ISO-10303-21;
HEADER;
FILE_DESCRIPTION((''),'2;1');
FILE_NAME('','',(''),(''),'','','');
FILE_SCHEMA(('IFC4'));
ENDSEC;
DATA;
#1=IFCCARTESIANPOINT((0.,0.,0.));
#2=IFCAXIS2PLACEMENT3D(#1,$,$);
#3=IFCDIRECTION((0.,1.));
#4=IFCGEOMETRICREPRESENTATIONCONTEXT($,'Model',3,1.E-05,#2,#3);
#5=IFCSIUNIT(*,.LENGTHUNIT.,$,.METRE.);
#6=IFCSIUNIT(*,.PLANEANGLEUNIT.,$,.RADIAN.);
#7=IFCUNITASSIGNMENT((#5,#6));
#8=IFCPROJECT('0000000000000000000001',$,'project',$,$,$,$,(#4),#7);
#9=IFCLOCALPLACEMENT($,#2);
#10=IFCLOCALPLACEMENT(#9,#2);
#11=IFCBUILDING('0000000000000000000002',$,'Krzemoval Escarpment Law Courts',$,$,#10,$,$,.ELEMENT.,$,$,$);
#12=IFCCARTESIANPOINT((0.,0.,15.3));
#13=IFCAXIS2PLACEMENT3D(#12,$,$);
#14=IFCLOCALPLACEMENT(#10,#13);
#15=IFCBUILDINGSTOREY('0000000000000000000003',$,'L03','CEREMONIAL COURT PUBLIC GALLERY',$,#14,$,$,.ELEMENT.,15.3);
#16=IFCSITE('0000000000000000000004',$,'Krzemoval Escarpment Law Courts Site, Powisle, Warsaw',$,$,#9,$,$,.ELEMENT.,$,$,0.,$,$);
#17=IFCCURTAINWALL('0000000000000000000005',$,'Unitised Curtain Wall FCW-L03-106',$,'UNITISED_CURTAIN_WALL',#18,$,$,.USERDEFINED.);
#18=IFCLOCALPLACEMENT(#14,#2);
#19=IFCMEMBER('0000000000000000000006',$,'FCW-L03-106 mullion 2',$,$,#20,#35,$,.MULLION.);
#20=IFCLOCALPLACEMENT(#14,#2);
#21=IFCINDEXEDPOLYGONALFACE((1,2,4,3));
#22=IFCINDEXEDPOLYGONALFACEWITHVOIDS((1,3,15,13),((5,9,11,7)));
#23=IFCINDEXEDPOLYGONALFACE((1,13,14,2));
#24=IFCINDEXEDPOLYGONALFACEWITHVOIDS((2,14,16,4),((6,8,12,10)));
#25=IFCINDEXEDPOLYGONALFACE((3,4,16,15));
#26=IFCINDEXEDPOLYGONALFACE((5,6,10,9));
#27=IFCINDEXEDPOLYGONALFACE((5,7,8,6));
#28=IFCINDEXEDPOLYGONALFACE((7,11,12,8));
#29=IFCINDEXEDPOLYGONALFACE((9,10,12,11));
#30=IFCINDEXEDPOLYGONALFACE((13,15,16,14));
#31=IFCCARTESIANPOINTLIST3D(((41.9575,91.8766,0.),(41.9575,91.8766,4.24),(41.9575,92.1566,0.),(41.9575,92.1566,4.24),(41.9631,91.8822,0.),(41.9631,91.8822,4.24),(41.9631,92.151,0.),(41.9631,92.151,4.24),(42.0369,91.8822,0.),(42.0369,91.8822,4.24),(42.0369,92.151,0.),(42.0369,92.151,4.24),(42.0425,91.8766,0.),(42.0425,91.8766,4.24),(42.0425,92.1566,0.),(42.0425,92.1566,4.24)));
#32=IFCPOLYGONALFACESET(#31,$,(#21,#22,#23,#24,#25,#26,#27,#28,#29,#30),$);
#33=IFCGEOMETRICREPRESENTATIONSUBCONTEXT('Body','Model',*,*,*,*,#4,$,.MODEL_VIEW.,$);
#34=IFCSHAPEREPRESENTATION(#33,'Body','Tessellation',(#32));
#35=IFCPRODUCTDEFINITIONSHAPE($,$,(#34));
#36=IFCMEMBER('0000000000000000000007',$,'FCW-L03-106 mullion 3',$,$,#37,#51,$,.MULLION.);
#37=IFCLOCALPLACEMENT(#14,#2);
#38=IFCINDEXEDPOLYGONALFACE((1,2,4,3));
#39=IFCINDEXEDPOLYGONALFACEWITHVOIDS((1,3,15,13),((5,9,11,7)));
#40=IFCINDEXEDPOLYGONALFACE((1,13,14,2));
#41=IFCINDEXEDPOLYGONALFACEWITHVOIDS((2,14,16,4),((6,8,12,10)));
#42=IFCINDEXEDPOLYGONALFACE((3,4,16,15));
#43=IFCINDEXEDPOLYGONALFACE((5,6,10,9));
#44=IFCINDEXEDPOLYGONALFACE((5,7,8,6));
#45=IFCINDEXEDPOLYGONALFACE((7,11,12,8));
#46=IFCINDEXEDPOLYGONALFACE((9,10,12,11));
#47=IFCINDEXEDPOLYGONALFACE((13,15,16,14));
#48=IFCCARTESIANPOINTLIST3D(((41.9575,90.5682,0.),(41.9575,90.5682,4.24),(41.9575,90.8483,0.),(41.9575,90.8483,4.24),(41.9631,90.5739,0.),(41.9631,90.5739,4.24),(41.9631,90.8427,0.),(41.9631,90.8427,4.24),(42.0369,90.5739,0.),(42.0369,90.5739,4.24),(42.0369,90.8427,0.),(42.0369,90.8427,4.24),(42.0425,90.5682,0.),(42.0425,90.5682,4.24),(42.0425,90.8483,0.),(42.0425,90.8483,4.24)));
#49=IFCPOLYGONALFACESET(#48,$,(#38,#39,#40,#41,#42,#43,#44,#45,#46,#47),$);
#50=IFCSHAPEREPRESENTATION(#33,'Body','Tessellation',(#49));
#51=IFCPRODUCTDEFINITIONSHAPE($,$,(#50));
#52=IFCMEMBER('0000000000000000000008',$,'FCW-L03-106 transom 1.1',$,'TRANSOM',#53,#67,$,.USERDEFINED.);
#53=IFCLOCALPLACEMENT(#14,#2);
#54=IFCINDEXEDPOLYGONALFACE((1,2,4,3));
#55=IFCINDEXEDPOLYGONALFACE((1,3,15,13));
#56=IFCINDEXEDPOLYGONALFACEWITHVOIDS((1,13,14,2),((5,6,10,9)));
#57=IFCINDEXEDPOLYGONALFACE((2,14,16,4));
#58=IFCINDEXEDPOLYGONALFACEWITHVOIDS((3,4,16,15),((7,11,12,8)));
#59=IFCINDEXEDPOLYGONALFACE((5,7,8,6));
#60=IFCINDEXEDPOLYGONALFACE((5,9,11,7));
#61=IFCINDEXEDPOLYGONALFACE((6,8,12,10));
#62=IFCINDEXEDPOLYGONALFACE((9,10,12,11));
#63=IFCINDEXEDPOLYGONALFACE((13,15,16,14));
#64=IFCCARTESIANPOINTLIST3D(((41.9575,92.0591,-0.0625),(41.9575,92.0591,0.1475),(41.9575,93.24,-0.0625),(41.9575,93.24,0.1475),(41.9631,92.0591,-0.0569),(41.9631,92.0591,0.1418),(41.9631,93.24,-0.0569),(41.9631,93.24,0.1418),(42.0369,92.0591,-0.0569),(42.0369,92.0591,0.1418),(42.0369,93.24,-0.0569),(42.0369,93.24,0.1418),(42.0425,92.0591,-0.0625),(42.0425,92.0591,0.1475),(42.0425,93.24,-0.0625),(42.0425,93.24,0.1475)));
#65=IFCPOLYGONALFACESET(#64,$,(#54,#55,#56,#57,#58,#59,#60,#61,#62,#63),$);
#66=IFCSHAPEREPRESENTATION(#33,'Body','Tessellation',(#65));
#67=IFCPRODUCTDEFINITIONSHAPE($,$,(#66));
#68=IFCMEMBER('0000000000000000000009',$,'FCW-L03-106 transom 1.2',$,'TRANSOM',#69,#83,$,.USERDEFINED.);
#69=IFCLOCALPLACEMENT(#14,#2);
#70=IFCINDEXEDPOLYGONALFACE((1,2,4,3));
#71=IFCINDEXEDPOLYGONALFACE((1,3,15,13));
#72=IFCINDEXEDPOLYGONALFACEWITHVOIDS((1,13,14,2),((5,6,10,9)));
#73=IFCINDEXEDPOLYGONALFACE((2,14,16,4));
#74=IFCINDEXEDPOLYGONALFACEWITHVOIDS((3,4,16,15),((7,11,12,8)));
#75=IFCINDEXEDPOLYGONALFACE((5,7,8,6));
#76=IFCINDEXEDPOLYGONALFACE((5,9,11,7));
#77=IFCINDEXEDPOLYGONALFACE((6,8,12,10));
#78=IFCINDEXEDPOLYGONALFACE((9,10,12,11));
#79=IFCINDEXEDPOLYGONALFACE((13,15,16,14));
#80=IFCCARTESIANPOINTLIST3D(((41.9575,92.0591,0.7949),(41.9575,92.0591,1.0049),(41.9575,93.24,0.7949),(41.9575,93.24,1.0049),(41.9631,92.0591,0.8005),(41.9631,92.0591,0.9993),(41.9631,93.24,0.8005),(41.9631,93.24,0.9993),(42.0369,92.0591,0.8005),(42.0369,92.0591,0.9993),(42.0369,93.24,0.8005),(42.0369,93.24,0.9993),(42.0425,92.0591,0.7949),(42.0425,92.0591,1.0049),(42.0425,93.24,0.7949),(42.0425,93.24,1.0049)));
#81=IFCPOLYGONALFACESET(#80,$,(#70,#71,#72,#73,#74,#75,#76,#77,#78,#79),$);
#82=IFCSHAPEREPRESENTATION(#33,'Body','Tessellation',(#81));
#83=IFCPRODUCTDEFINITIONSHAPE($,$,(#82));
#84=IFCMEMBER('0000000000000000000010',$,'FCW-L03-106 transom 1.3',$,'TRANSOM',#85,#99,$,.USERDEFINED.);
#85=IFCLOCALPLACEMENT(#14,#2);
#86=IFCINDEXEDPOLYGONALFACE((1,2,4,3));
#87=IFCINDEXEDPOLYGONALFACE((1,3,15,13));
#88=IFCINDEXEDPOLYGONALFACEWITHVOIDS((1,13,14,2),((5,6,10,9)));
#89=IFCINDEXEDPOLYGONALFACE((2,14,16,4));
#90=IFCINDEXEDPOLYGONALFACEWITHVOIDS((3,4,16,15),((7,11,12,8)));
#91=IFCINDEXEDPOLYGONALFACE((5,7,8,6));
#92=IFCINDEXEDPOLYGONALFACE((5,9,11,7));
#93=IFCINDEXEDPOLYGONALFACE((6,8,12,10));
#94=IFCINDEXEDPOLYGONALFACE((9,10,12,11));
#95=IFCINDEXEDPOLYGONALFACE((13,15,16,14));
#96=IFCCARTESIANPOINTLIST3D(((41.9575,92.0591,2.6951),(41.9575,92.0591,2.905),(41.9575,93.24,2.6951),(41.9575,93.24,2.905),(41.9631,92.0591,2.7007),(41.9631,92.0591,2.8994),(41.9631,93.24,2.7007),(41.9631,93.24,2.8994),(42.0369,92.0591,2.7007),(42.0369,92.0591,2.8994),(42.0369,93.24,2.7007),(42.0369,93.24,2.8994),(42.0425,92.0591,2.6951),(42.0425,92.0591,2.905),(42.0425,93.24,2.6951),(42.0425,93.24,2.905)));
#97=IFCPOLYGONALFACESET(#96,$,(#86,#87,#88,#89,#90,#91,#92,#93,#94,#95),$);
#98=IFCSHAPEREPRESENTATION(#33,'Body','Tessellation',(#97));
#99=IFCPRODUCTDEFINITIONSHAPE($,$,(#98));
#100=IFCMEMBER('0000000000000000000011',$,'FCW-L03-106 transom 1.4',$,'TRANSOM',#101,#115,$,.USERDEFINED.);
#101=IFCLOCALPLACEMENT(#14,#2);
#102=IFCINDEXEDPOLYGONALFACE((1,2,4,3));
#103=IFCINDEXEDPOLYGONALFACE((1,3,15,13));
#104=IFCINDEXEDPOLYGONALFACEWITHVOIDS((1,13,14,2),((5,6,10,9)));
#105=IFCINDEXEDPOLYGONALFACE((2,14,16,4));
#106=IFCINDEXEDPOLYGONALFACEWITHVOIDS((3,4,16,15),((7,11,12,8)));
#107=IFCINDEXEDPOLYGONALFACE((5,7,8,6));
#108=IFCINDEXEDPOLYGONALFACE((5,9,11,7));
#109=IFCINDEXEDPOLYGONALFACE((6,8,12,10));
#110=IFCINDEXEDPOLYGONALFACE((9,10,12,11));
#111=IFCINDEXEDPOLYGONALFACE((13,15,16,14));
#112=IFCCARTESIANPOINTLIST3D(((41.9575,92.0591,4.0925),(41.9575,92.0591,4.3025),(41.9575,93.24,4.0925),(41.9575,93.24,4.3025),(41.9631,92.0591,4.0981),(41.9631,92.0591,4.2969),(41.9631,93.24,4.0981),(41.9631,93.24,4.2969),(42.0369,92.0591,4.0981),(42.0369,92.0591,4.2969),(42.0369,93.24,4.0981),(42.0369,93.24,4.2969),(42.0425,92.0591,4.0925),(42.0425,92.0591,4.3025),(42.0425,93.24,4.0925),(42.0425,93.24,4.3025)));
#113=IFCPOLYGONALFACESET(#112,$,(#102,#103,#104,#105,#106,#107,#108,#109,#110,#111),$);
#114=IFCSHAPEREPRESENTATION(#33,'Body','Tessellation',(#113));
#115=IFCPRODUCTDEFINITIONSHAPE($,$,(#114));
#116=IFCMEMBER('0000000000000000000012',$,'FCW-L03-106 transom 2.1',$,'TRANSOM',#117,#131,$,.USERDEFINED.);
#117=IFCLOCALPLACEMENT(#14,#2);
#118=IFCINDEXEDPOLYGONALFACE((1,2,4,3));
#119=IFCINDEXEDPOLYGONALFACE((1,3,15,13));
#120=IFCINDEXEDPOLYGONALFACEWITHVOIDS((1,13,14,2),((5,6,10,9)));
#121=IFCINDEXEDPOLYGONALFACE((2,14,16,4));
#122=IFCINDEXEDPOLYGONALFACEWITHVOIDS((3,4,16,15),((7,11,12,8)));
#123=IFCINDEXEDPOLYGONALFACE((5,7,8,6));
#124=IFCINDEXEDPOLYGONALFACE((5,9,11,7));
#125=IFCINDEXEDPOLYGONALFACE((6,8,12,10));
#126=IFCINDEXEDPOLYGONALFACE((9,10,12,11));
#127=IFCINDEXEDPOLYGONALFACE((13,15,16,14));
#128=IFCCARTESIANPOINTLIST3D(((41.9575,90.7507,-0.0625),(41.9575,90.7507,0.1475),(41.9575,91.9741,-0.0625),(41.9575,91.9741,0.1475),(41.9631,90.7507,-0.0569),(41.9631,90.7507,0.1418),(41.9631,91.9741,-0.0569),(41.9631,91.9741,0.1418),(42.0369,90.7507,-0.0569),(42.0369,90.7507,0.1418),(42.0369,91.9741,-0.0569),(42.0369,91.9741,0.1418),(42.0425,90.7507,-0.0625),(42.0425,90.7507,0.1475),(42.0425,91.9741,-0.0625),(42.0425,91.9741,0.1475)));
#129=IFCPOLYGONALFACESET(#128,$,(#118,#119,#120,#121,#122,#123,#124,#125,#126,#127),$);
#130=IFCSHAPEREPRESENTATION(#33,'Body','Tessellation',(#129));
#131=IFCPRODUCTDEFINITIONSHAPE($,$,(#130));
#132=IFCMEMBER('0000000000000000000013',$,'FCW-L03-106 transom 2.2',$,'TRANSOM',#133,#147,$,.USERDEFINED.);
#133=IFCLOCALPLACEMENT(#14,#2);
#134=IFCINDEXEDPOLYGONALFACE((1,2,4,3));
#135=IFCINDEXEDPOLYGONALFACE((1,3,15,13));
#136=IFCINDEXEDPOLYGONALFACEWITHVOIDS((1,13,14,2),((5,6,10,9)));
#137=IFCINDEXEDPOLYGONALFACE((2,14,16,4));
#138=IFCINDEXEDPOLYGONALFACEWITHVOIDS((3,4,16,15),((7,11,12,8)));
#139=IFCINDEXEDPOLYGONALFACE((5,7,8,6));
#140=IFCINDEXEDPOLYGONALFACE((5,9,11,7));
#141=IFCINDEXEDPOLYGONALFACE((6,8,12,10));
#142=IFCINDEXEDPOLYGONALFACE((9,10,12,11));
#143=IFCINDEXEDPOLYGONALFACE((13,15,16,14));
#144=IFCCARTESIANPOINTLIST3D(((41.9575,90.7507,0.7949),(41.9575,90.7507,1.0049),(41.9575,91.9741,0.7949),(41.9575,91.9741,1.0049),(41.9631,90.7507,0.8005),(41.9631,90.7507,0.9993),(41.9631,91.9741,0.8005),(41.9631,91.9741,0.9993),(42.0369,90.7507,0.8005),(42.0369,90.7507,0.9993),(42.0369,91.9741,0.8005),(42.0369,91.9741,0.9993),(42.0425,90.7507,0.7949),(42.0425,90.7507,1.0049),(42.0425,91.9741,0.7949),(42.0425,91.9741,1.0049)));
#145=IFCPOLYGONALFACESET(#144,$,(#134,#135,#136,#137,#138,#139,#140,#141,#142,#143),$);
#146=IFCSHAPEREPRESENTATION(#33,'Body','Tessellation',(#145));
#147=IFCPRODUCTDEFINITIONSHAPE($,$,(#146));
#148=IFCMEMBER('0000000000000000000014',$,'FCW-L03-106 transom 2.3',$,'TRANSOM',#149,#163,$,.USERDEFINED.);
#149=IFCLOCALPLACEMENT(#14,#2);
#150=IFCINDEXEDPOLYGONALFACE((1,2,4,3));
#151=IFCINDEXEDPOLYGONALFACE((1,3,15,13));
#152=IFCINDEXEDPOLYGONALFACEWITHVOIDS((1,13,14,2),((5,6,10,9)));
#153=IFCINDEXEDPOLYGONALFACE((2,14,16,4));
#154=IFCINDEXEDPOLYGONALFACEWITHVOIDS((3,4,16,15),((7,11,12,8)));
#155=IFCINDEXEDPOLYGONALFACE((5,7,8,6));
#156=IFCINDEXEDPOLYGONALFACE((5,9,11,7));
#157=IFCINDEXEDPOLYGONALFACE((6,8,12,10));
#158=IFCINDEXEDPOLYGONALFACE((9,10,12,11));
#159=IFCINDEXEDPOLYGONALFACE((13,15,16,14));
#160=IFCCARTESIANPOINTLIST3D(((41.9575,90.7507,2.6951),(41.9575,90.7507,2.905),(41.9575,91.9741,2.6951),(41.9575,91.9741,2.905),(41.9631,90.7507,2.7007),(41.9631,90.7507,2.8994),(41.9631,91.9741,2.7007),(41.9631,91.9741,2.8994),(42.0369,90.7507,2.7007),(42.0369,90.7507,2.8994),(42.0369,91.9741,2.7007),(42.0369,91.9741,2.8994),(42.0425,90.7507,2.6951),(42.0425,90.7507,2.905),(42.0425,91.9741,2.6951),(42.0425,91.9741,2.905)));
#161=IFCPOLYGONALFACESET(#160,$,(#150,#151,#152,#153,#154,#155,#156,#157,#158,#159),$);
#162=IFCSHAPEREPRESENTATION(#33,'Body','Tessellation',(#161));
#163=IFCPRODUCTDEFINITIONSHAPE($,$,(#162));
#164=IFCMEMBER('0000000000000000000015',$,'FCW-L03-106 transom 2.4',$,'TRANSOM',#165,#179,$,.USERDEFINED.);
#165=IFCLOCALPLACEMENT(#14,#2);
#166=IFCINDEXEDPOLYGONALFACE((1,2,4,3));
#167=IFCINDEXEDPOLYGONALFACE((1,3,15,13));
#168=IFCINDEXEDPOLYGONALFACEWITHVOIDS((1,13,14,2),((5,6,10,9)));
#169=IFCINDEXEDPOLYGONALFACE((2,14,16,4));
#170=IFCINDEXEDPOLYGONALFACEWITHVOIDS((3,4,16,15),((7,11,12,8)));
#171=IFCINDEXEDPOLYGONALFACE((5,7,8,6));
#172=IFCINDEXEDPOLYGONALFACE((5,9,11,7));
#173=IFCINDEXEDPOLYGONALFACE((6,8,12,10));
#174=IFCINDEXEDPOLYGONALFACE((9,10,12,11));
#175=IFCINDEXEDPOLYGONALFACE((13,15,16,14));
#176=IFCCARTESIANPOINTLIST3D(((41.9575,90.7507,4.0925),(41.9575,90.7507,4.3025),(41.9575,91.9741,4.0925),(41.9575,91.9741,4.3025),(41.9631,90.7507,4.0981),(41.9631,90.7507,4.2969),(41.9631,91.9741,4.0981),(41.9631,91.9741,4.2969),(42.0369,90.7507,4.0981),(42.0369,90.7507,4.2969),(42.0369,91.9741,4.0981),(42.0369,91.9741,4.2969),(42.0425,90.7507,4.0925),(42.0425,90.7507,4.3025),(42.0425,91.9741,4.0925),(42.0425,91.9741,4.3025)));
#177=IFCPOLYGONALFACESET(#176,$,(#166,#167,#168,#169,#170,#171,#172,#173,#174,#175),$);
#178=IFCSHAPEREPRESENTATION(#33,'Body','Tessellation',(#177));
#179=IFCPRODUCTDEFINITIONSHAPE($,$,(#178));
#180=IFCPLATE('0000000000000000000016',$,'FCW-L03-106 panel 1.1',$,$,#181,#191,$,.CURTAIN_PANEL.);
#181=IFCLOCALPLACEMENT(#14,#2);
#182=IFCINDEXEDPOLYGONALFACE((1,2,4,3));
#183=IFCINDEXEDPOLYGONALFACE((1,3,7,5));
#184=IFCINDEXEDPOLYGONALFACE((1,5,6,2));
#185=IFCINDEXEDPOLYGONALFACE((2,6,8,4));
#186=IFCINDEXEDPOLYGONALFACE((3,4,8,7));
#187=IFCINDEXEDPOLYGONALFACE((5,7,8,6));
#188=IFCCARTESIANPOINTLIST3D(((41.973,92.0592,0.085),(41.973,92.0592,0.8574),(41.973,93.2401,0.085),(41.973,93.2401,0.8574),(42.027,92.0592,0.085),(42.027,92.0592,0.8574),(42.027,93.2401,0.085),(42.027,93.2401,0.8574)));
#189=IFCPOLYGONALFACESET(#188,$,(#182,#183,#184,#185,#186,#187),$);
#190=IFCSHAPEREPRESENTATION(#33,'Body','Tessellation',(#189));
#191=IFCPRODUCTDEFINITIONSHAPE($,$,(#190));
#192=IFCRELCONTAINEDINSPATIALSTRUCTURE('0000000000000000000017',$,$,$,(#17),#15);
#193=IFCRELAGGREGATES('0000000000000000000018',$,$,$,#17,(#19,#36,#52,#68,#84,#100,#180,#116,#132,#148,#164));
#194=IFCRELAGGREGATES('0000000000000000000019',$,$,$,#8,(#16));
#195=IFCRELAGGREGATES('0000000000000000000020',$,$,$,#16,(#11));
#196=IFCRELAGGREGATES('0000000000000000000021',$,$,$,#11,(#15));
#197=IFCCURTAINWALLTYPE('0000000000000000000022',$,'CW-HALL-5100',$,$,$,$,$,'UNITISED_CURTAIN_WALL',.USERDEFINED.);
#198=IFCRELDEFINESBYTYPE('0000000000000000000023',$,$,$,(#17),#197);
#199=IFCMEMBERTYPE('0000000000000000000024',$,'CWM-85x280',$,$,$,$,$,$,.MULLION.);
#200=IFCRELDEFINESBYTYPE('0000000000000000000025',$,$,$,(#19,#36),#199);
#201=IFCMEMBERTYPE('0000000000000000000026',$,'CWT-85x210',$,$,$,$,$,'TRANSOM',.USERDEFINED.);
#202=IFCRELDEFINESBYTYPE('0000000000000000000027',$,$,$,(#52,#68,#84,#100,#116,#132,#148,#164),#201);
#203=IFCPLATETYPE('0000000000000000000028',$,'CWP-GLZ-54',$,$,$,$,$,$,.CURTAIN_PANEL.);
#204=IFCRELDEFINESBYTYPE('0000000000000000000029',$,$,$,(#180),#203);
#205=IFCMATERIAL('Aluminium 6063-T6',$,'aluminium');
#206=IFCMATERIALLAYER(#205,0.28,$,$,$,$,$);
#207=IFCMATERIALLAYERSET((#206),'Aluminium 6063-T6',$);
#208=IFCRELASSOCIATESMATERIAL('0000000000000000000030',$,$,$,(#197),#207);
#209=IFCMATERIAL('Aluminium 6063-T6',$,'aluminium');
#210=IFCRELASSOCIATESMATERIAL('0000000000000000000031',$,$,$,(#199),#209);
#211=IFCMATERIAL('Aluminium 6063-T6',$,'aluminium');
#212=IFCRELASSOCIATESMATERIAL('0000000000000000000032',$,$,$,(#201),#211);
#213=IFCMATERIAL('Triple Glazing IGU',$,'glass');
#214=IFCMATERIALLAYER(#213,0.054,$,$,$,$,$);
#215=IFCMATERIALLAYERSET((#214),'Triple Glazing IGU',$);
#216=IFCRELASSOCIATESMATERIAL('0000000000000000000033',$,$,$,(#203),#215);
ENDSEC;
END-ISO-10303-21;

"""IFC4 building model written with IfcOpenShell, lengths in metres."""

from ifc_helpers import new_model, si_unit, direction, frame, origin, origin_2d, place, context, subcontext, project, spatial, rectangle, hollow_rectangle, extrude, material, layer, layer_set, material_profile, profile_set, type_object, element, aggregate, save


model = new_model("IFC4")

# Units and contexts
model_context = context("Model", 3, precision=1e-05, world=origin(), true_north=direction((0.0, 1.0)))
body_context = subcontext(model_context, "Body", "Model", "MODEL_VIEW")
ifc_project = project(units=[si_unit("LENGTHUNIT", "METRE"), si_unit("PLANEANGLEUNIT", "RADIAN")], contexts=[model_context])

# Site, building, storey
site_placement = place(None, origin())
site = spatial("IfcSite", under=ifc_project, at=site_placement, Name="Krzemoval Escarpment Law Courts Site, Powisle, Warsaw", CompositionType="ELEMENT", RefElevation=0.0)
building_placement = place(site_placement, origin())
building = spatial("IfcBuilding", under=site, at=building_placement, Name="Krzemoval Escarpment Law Courts", CompositionType="ELEMENT")
storey_placement = place(building_placement, frame((0.0, 0.0, 15.3)))
storey = spatial("IfcBuildingStorey", under=building, at=storey_placement, Name="L03", Description="CEREMONIAL COURT PUBLIC GALLERY", CompositionType="ELEMENT", Elevation=15.3)

# Curtain wall, members, plate
ifc_material_1 = material(Name="Aluminium 6063-T6", Category="aluminium")
ifc_layer_1 = layer(ifc_material_1, 0.28)
ifc_layer_set_1 = layer_set([ifc_layer_1], Name="Aluminium 6063-T6")
curtain_wall_type = type_object("IfcCurtainWallType", Name="CW-HALL-5100", ElementType="UNITISED_CURTAIN_WALL", PredefinedType="USERDEFINED", material=ifc_layer_set_1)
curtain_wall_placement = place(storey_placement, origin())
curtain_wall = element("IfcCurtainWall", 1, at=curtain_wall_placement, inside=storey, type_object=curtain_wall_type, Name="Unitised Curtain Wall FCW-L03-106", ObjectType="UNITISED_CURTAIN_WALL", PredefinedType="USERDEFINED")
ifc_material_2 = material(Name="Aluminium 6063-T6", Category="aluminium")
ifc_material_profile_1 = material_profile(ifc_material_2, hollow_rectangle(XDim=0.085, YDim=0.28, WallThickness=0.0056, at=origin_2d()), Name="ALU M85x280")
ifc_profile_set_1 = profile_set([ifc_material_profile_1], Name="Aluminium 6063-T6")
member_type_1 = type_object("IfcMemberType", Name="CWM-85x280", PredefinedType="MULLION", material=ifc_profile_set_1)
member_1_placement = place(storey_placement, frame((42.0, 92.0166, 0.0), z_axis=(0.0, 0.0, 1.0), x_axis=(1.0, 0.0, 0.0)))
member_1 = element("IfcMember", 2, at=member_1_placement, type_object=member_type_1, Name="FCW-L03-106 mullion 2", PredefinedType="MULLION", context=body_context, shape_type="SweptSolid", body=[
    extrude(hollow_rectangle(XDim=0.085, YDim=0.28, WallThickness=0.0056, at=origin_2d()), origin(), (0.0, 0.0, 1.0), 4.24),
])
member_2_placement = place(storey_placement, frame((42.0, 90.7083, 0.0), z_axis=(0.0, 0.0, 1.0), x_axis=(1.0, 0.0, 0.0)))
member_2 = element("IfcMember", 3, at=member_2_placement, type_object=member_type_1, Name="FCW-L03-106 mullion 3", PredefinedType="MULLION", context=body_context, shape_type="SweptSolid", body=[
    extrude(hollow_rectangle(XDim=0.085, YDim=0.28, WallThickness=0.0056, at=origin_2d()), origin(), (0.0, 0.0, 1.0), 4.24),
])
ifc_material_3 = material(Name="Aluminium 6063-T6", Category="aluminium")
ifc_material_profile_2 = material_profile(ifc_material_3, hollow_rectangle(XDim=0.085, YDim=0.21, WallThickness=0.0056, at=origin_2d()), Name="ALU T85x210")
ifc_profile_set_2 = profile_set([ifc_material_profile_2], Name="Aluminium 6063-T6")
member_type_2 = type_object("IfcMemberType", Name="CWT-85x210", ElementType="TRANSOM", PredefinedType="USERDEFINED", material=ifc_profile_set_2)
member_3_placement = place(storey_placement, frame((42.0, 93.24, 0.0425), z_axis=(0.0, -1.0, 0.0), x_axis=(1.0, 0.0, 0.0)))
member_3 = element("IfcMember", 4, at=member_3_placement, type_object=member_type_2, Name="FCW-L03-106 transom 1.1", ObjectType="TRANSOM", PredefinedType="USERDEFINED", context=body_context, shape_type="SweptSolid", body=[
    extrude(hollow_rectangle(XDim=0.085, YDim=0.21, WallThickness=0.0056, at=origin_2d()), origin(), (0.0, 0.0, 1.0), 1.1809),
])
member_4_placement = place(storey_placement, frame((42.0, 93.24, 0.8999), z_axis=(0.0, -1.0, 0.0), x_axis=(1.0, 0.0, 0.0)))
member_4 = element("IfcMember", 5, at=member_4_placement, type_object=member_type_2, Name="FCW-L03-106 transom 1.2", ObjectType="TRANSOM", PredefinedType="USERDEFINED", context=body_context, shape_type="SweptSolid", body=[
    extrude(hollow_rectangle(XDim=0.085, YDim=0.21, WallThickness=0.0056, at=origin_2d()), origin(), (0.0, 0.0, 1.0), 1.1809),
])
member_5_placement = place(storey_placement, frame((42.0, 93.24, 2.8), z_axis=(0.0, -1.0, 0.0), x_axis=(1.0, 0.0, 0.0)))
member_5 = element("IfcMember", 6, at=member_5_placement, type_object=member_type_2, Name="FCW-L03-106 transom 1.3", ObjectType="TRANSOM", PredefinedType="USERDEFINED", context=body_context, shape_type="SweptSolid", body=[
    extrude(hollow_rectangle(XDim=0.085, YDim=0.21, WallThickness=0.0056, at=origin_2d()), origin(), (0.0, 0.0, 1.0), 1.1809),
])
member_6_placement = place(storey_placement, frame((42.0, 93.24, 4.1975), z_axis=(0.0, -1.0, 0.0), x_axis=(1.0, 0.0, 0.0)))
member_6 = element("IfcMember", 7, at=member_6_placement, type_object=member_type_2, Name="FCW-L03-106 transom 1.4", ObjectType="TRANSOM", PredefinedType="USERDEFINED", context=body_context, shape_type="SweptSolid", body=[
    extrude(hollow_rectangle(XDim=0.085, YDim=0.21, WallThickness=0.0056, at=origin_2d()), origin(), (0.0, 0.0, 1.0), 1.1809),
])
member_7_placement = place(storey_placement, frame((42.0, 91.9741, 0.0425), z_axis=(0.0, -1.0, 0.0), x_axis=(1.0, 0.0, 0.0)))
member_7 = element("IfcMember", 8, at=member_7_placement, type_object=member_type_2, Name="FCW-L03-106 transom 2.1", ObjectType="TRANSOM", PredefinedType="USERDEFINED", context=body_context, shape_type="SweptSolid", body=[
    extrude(hollow_rectangle(XDim=0.085, YDim=0.21, WallThickness=0.0056, at=origin_2d()), origin(), (0.0, 0.0, 1.0), 1.2234),
])
member_8_placement = place(storey_placement, frame((42.0, 91.9741, 0.8999), z_axis=(0.0, -1.0, 0.0), x_axis=(1.0, 0.0, 0.0)))
member_8 = element("IfcMember", 9, at=member_8_placement, type_object=member_type_2, Name="FCW-L03-106 transom 2.2", ObjectType="TRANSOM", PredefinedType="USERDEFINED", context=body_context, shape_type="SweptSolid", body=[
    extrude(hollow_rectangle(XDim=0.085, YDim=0.21, WallThickness=0.0056, at=origin_2d()), origin(), (0.0, 0.0, 1.0), 1.2234),
])
member_9_placement = place(storey_placement, frame((42.0, 91.9741, 2.8), z_axis=(0.0, -1.0, 0.0), x_axis=(1.0, 0.0, 0.0)))
member_9 = element("IfcMember", 10, at=member_9_placement, type_object=member_type_2, Name="FCW-L03-106 transom 2.3", ObjectType="TRANSOM", PredefinedType="USERDEFINED", context=body_context, shape_type="SweptSolid", body=[
    extrude(hollow_rectangle(XDim=0.085, YDim=0.21, WallThickness=0.0056, at=origin_2d()), origin(), (0.0, 0.0, 1.0), 1.2234),
])
member_10_placement = place(storey_placement, frame((42.0, 91.9741, 4.1975), z_axis=(0.0, -1.0, 0.0), x_axis=(1.0, 0.0, 0.0)))
member_10 = element("IfcMember", 11, at=member_10_placement, type_object=member_type_2, Name="FCW-L03-106 transom 2.4", ObjectType="TRANSOM", PredefinedType="USERDEFINED", context=body_context, shape_type="SweptSolid", body=[
    extrude(hollow_rectangle(XDim=0.085, YDim=0.21, WallThickness=0.0056, at=origin_2d()), origin(), (0.0, 0.0, 1.0), 1.2234),
])
ifc_material_4 = material(Name="Triple Glazing IGU", Category="glass")
ifc_layer_2 = layer(ifc_material_4, 0.054)
ifc_layer_set_2 = layer_set([ifc_layer_2], Name="Triple Glazing IGU")
plate_type = type_object("IfcPlateType", Name="CWP-GLZ-54", PredefinedType="CURTAIN_PANEL", material=ifc_layer_set_2)
plate_1_placement = place(storey_placement, frame((42.0, 92.6497, 0.085), z_axis=(0.0, 0.0, 1.0), x_axis=(0.0, -1.0, 0.0)))
plate_1 = element("IfcPlate", 12, at=plate_1_placement, type_object=plate_type, Name="FCW-L03-106 panel 1.1", PredefinedType="CURTAIN_PANEL", context=body_context, shape_type="SweptSolid", body=[
    extrude(rectangle(XDim=1.1809, YDim=0.054, at=origin_2d()), origin(), (0.0, 0.0, 1.0), 0.7725),
])
aggregate(curtain_wall, [member_1, member_2, member_3, member_4, member_5, member_6, plate_1, member_7, member_8, member_9, member_10])

save(model, "model.ifc")
